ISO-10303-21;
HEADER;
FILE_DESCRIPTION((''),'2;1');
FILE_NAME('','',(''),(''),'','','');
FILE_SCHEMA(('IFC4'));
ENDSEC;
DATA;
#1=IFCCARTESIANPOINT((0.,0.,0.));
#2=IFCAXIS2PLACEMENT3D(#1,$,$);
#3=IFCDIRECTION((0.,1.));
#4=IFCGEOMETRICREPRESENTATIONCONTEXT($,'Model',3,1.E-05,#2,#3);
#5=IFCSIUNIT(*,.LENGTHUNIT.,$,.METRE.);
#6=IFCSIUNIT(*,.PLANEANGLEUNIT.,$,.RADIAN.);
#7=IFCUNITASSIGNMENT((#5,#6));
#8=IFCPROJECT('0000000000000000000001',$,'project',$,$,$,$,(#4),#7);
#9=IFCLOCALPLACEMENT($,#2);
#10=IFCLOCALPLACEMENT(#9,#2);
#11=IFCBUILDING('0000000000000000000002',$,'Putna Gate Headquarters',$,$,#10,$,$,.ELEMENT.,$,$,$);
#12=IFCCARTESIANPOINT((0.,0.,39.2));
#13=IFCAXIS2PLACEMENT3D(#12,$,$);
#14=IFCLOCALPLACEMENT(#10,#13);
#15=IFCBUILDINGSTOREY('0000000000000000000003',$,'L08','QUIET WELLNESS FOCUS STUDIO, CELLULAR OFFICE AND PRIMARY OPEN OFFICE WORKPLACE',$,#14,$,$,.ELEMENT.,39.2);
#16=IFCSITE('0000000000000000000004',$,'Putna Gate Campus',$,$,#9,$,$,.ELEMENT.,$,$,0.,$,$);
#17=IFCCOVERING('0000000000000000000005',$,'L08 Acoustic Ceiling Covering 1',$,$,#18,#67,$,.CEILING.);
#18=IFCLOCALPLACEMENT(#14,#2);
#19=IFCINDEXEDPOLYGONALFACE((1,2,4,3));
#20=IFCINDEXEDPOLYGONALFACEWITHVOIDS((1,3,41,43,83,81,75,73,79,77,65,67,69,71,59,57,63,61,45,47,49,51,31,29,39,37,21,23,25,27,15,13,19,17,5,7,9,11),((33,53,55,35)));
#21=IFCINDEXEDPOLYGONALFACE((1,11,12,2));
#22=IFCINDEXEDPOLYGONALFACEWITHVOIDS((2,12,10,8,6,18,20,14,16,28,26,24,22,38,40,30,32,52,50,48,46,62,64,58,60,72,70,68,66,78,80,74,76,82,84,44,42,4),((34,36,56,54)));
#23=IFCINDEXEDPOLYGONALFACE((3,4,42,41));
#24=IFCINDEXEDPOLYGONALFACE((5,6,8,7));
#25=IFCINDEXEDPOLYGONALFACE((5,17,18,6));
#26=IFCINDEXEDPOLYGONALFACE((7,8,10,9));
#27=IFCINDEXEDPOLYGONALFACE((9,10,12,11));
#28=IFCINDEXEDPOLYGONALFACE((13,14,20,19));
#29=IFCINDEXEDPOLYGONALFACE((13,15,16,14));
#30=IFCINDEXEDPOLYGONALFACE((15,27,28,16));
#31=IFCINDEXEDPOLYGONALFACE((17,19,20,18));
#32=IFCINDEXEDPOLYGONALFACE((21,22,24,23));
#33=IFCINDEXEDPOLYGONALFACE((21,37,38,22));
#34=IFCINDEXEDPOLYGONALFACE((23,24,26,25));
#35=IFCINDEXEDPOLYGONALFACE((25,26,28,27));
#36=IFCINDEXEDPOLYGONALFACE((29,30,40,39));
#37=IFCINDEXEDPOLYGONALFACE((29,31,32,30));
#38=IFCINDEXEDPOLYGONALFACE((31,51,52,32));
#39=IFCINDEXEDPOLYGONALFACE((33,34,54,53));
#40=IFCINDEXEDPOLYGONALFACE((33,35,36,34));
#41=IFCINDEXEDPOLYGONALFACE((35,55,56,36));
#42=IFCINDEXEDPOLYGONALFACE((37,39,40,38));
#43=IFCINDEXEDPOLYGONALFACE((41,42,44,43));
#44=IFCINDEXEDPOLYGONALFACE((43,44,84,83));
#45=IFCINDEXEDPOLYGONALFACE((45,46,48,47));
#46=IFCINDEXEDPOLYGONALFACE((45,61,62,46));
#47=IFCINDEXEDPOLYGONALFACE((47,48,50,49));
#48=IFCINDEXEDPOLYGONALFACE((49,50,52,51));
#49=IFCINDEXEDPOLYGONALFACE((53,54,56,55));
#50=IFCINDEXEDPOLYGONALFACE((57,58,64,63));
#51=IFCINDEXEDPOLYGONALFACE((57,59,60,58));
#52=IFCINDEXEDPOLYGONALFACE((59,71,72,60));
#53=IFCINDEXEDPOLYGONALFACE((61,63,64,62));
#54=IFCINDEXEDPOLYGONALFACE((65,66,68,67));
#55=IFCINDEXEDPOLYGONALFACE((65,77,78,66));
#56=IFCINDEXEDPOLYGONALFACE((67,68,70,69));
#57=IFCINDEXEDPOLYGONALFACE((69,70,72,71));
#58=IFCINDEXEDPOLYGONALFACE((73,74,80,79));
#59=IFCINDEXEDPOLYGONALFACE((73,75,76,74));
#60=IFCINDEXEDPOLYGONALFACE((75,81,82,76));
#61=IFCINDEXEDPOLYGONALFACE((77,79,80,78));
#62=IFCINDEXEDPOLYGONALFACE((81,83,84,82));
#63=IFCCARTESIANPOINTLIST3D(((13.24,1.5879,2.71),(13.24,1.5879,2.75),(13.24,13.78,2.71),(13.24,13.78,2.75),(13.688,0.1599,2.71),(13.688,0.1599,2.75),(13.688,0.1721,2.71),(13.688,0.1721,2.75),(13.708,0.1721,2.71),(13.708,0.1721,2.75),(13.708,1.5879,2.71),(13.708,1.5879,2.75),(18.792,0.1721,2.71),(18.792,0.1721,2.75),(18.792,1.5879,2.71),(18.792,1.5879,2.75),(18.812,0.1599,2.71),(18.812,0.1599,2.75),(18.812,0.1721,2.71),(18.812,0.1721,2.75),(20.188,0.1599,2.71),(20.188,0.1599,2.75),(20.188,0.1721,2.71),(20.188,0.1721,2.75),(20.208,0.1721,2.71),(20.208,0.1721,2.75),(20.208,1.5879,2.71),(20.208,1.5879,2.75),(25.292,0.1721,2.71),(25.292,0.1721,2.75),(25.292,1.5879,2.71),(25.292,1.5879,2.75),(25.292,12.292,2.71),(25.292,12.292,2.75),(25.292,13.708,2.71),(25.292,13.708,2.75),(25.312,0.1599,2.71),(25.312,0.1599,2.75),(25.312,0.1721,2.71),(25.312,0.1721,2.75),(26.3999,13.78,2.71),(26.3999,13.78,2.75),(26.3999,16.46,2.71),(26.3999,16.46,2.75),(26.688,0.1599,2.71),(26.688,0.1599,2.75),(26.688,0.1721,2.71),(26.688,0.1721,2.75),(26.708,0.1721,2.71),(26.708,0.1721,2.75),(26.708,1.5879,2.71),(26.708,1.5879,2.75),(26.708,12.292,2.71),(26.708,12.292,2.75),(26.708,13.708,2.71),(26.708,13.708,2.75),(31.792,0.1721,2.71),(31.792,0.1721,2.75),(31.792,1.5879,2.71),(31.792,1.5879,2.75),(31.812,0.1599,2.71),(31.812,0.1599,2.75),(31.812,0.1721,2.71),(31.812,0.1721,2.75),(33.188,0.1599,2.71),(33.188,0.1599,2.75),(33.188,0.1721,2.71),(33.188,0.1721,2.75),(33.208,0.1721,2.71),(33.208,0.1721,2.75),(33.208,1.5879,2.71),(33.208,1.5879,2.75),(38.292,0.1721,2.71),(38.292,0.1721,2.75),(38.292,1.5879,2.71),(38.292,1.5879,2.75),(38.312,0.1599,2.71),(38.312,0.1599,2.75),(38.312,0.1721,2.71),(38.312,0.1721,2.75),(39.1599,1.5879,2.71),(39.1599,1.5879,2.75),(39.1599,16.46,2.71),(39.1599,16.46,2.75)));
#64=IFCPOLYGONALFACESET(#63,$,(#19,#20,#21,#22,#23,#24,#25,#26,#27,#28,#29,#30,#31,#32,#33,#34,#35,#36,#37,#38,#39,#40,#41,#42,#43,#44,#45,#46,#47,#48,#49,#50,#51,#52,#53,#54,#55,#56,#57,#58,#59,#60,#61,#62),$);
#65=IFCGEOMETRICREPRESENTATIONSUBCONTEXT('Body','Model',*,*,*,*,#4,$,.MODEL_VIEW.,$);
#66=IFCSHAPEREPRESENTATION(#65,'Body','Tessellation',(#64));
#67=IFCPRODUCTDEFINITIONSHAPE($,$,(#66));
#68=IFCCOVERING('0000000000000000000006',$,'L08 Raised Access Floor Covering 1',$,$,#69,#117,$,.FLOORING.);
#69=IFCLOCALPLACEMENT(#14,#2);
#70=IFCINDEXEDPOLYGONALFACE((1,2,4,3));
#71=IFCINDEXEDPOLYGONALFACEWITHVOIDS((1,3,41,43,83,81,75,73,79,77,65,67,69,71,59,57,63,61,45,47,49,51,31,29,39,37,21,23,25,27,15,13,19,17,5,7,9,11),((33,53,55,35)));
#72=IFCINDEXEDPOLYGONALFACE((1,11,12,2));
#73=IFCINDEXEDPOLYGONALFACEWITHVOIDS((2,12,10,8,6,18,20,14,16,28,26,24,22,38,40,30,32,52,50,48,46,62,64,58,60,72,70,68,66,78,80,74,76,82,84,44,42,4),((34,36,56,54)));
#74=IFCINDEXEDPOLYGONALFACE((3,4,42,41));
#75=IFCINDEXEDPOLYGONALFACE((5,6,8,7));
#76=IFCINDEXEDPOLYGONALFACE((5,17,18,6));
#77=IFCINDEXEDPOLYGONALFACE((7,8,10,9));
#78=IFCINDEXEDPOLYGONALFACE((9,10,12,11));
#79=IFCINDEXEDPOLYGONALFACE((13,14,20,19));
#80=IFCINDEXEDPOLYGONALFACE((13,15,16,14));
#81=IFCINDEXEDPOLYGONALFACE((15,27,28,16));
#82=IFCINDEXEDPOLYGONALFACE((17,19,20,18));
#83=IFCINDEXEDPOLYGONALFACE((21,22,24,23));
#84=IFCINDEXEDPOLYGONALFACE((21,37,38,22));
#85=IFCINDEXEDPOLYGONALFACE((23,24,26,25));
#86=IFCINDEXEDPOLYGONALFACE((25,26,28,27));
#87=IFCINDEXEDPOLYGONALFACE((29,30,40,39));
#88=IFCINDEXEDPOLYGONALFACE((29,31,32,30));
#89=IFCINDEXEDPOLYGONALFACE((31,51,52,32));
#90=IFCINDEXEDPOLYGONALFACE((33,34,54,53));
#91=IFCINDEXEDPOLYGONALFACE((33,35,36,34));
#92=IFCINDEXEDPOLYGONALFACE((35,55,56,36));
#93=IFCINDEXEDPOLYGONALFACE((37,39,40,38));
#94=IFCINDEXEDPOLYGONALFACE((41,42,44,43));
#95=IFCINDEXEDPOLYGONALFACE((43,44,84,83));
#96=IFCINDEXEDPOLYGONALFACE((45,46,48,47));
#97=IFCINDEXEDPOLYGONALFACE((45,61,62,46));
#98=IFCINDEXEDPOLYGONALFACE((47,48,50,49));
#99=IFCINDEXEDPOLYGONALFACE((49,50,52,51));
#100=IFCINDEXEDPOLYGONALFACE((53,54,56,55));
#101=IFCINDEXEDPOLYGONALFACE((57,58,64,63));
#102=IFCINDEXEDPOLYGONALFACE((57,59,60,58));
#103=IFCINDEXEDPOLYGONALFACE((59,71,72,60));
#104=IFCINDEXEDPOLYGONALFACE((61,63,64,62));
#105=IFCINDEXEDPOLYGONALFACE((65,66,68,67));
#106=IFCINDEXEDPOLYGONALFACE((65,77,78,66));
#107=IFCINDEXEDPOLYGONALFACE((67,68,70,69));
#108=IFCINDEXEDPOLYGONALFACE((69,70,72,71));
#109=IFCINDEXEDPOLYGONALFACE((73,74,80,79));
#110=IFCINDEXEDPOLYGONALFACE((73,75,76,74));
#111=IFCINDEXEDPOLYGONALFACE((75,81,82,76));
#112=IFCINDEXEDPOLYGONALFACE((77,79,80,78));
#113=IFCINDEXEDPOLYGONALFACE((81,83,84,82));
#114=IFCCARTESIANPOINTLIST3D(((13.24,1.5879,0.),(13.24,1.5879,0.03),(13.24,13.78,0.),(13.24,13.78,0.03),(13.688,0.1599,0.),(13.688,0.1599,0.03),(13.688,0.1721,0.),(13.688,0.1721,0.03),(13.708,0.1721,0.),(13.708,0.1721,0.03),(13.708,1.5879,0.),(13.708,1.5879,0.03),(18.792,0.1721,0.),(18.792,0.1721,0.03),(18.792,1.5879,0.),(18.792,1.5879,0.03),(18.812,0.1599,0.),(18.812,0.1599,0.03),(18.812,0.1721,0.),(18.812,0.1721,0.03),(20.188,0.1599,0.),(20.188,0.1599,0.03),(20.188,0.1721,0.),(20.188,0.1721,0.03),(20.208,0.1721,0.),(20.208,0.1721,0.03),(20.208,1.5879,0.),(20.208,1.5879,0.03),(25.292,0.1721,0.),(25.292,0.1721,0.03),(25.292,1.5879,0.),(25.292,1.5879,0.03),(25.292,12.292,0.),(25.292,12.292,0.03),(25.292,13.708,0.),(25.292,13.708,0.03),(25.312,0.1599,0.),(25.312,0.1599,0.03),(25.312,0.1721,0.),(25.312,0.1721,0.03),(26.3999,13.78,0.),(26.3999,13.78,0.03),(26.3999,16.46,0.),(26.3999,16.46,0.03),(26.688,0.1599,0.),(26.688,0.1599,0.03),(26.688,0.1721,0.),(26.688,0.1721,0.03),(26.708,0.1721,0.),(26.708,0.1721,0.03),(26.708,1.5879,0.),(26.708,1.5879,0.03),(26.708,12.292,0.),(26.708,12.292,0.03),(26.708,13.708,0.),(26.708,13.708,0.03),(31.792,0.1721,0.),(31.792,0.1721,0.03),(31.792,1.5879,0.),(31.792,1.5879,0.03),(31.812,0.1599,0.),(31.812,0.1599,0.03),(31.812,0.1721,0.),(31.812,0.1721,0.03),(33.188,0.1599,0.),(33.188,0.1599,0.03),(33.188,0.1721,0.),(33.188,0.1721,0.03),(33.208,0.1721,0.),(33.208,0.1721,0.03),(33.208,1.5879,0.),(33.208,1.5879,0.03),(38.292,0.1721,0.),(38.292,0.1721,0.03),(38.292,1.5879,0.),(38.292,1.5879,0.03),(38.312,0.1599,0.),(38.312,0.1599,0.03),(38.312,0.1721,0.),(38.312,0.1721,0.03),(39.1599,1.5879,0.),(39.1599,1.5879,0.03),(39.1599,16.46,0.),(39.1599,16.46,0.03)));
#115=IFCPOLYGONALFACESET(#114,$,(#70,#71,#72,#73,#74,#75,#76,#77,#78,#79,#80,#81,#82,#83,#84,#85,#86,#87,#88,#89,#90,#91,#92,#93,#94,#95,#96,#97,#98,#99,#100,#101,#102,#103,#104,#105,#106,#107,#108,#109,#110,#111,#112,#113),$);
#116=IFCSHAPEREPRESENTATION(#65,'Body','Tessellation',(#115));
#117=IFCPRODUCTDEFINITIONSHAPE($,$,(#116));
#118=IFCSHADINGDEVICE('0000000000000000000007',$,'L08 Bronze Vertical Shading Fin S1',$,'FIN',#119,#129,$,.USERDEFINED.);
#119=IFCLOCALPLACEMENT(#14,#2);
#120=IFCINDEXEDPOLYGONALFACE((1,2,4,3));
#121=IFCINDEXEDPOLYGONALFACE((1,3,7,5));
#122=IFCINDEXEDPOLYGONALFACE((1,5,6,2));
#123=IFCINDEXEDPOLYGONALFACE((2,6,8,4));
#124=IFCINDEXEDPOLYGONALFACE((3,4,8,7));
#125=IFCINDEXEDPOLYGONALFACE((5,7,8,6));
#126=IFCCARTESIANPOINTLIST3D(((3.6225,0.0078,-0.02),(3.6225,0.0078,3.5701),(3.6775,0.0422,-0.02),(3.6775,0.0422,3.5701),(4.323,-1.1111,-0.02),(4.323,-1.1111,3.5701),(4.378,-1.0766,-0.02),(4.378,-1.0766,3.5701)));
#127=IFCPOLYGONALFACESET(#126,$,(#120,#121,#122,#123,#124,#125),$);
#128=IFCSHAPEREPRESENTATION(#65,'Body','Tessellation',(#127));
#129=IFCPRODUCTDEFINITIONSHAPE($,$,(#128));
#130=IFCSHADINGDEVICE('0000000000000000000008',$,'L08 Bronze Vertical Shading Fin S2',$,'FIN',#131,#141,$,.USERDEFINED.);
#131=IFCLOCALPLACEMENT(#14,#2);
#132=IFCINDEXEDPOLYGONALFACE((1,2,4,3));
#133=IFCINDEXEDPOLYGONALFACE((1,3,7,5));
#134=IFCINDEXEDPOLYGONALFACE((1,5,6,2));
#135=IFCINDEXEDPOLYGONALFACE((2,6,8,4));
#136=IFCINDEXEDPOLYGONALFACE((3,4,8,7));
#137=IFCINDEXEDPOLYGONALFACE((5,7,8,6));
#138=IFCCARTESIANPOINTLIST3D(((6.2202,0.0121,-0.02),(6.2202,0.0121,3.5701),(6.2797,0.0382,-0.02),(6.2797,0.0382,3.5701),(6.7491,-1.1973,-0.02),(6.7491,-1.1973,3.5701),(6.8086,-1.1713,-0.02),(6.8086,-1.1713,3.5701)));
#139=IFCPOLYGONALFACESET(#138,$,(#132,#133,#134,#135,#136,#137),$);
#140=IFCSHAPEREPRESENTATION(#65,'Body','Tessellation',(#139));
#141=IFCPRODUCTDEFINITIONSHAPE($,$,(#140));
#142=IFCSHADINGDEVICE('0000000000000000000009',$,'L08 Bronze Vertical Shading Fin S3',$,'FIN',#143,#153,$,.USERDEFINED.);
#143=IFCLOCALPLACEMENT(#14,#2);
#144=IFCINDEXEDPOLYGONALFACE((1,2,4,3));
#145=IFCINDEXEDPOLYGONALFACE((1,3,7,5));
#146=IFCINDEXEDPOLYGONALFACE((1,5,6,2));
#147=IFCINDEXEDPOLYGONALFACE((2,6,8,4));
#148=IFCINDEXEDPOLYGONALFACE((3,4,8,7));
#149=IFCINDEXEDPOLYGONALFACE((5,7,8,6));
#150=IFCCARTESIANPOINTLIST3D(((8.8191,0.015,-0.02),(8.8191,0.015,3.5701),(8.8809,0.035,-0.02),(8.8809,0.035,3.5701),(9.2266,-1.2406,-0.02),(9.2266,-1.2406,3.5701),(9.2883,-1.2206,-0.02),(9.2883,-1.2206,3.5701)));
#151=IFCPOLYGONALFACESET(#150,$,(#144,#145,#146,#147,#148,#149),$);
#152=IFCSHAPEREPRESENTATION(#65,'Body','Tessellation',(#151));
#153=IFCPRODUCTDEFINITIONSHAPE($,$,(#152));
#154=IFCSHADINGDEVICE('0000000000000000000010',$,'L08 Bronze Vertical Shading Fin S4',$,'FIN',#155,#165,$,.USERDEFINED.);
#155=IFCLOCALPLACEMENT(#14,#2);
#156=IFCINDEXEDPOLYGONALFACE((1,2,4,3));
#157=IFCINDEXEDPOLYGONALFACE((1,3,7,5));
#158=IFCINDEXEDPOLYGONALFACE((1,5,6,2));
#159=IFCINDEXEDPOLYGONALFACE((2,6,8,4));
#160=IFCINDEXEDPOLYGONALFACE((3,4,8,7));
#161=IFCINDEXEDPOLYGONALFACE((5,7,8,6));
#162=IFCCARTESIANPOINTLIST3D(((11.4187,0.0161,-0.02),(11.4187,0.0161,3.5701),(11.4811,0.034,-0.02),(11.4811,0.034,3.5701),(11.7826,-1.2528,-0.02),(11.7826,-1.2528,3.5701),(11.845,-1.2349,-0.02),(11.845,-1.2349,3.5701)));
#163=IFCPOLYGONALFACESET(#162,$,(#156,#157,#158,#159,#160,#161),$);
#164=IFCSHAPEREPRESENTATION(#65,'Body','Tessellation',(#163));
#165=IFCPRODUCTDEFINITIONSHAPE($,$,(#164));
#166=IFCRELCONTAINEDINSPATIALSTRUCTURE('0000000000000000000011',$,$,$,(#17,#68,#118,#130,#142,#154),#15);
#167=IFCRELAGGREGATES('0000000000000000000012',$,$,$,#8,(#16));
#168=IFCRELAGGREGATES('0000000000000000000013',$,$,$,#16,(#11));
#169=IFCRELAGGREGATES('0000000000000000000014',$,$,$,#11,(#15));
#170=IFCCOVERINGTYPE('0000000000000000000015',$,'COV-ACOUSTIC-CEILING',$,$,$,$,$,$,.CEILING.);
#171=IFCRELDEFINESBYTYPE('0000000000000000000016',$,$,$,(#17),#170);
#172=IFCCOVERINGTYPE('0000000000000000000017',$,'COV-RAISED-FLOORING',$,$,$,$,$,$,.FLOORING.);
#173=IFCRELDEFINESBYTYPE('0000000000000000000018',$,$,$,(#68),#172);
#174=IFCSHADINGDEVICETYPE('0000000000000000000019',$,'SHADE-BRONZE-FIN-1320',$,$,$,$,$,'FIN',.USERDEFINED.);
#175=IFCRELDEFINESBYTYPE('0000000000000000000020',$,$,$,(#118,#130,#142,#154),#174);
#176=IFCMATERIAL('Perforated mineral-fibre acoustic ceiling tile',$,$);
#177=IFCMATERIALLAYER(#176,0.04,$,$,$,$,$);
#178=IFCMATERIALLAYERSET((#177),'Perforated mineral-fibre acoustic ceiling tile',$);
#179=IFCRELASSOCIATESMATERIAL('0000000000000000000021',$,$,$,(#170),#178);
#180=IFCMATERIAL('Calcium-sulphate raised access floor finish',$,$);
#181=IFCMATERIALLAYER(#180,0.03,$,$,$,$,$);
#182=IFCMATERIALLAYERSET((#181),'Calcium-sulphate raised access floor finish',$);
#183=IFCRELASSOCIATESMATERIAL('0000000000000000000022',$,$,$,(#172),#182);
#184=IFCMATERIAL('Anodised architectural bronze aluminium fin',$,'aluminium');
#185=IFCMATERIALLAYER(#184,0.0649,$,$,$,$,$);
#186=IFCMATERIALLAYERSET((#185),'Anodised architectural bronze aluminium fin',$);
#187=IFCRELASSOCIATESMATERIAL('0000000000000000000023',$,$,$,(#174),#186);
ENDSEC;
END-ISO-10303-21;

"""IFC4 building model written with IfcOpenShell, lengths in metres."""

from ifc_helpers import new_model, si_unit, direction, frame, origin, origin_2d, place, context, subcontext, project, spatial, polyline, rectangle, outline, extrude, material, layer, layer_set, type_object, element, save


model = new_model("IFC4")

# Units and contexts
model_context = context("Model", 3, precision=1e-05, world=origin(), true_north=direction((0.0, 1.0)))
body_context = subcontext(model_context, "Body", "Model", "MODEL_VIEW")
ifc_project = project(units=[si_unit("LENGTHUNIT", "METRE"), si_unit("PLANEANGLEUNIT", "RADIAN")], contexts=[model_context])

# Site, building, storey
site_placement = place(None, origin())
site = spatial("IfcSite", under=ifc_project, at=site_placement, Name="Putna Gate Campus", CompositionType="ELEMENT", RefElevation=0.0)
building_placement = place(site_placement, origin())
building = spatial("IfcBuilding", under=site, at=building_placement, Name="Putna Gate Headquarters", CompositionType="ELEMENT")
storey_placement = place(building_placement, frame((0.0, 0.0, 39.2)))
storey = spatial("IfcBuildingStorey", under=building, at=storey_placement, Name="L08", Description="QUIET WELLNESS FOCUS STUDIO, CELLULAR OFFICE AND PRIMARY OPEN OFFICE WORKPLACE", CompositionType="ELEMENT", Elevation=39.2)

# Coverings
ifc_material_1 = material(Name="Perforated mineral-fibre acoustic ceiling tile")
ifc_layer_1 = layer(ifc_material_1, 0.04)
ifc_layer_set_1 = layer_set([ifc_layer_1], Name="Perforated mineral-fibre acoustic ceiling tile")
covering_type_1 = type_object("IfcCoveringType", Name="COV-ACOUSTIC-CEILING", PredefinedType="CEILING", material=ifc_layer_set_1)
covering_1_placement = place(storey_placement, frame((0.0, 0.0, 2.71)))
element("IfcCovering", 1, at=covering_1_placement, inside=storey, type_object=covering_type_1, Name="L08 Acoustic Ceiling Covering 1", PredefinedType="CEILING", context=body_context, shape_type="SweptSolid", body=[
    extrude(outline(polyline([(38.312, 0.1721), (38.292, 0.1721), (38.292, 1.5879), (39.1599, 1.5879), (39.1599, 16.46), (26.3999, 16.46), (26.3999, 13.78), (13.24, 13.78), (13.24, 1.5879), (13.708, 1.5879), (13.708, 0.1721), (13.688, 0.1721), (13.688, 0.1599), (18.812, 0.1599), (18.812, 0.1721), (18.792, 0.1721), (18.792, 1.5879), (20.208, 1.5879), (20.208, 0.1721), (20.188, 0.1721), (20.188, 0.1599), (25.312, 0.1599), (25.312, 0.1721), (25.292, 0.1721), (25.292, 1.5879), (26.708, 1.5879), (26.708, 0.1721), (26.688, 0.1721), (26.688, 0.1599), (31.812, 0.1599), (31.812, 0.1721), (31.792, 0.1721), (31.792, 1.5879), (33.208, 1.5879), (33.208, 0.1721), (33.188, 0.1721), (33.188, 0.1599), (38.312, 0.1599), (38.312, 0.1721)]), holes=[polyline([(26.708, 12.292), (26.708, 13.708), (25.292, 13.708), (25.292, 12.292), (26.708, 12.292)])]), origin(), (0.0, 0.0, 1.0), 0.04),
])
ifc_material_2 = material(Name="Calcium-sulphate raised access floor finish")
ifc_layer_2 = layer(ifc_material_2, 0.03)
ifc_layer_set_2 = layer_set([ifc_layer_2], Name="Calcium-sulphate raised access floor finish")
covering_type_2 = type_object("IfcCoveringType", Name="COV-RAISED-FLOORING", PredefinedType="FLOORING", material=ifc_layer_set_2)
covering_2_placement = place(storey_placement, origin())
element("IfcCovering", 2, at=covering_2_placement, inside=storey, type_object=covering_type_2, Name="L08 Raised Access Floor Covering 1", PredefinedType="FLOORING", context=body_context, shape_type="SweptSolid", body=[
    extrude(outline(polyline([(38.312, 0.1721), (38.292, 0.1721), (38.292, 1.5879), (39.1599, 1.5879), (39.1599, 16.46), (26.3999, 16.46), (26.3999, 13.78), (13.24, 13.78), (13.24, 1.5879), (13.708, 1.5879), (13.708, 0.1721), (13.688, 0.1721), (13.688, 0.1599), (18.812, 0.1599), (18.812, 0.1721), (18.792, 0.1721), (18.792, 1.5879), (20.208, 1.5879), (20.208, 0.1721), (20.188, 0.1721), (20.188, 0.1599), (25.312, 0.1599), (25.312, 0.1721), (25.292, 0.1721), (25.292, 1.5879), (26.708, 1.5879), (26.708, 0.1721), (26.688, 0.1721), (26.688, 0.1599), (31.812, 0.1599), (31.812, 0.1721), (31.792, 0.1721), (31.792, 1.5879), (33.208, 1.5879), (33.208, 0.1721), (33.188, 0.1721), (33.188, 0.1599), (38.312, 0.1599), (38.312, 0.1721)]), holes=[polyline([(26.708, 12.292), (26.708, 13.708), (25.292, 13.708), (25.292, 12.292), (26.708, 12.292)])]), origin(), (0.0, 0.0, 1.0), 0.03),
])

# Shading devices
ifc_material_3 = material(Name="Anodised architectural bronze aluminium fin", Category="aluminium")
ifc_layer_3 = layer(ifc_material_3, 0.0649)
ifc_layer_set_3 = layer_set([ifc_layer_3], Name="Anodised architectural bronze aluminium fin")
shading_device_type = type_object("IfcShadingDeviceType", Name="SHADE-BRONZE-FIN-1320", ElementType="FIN", PredefinedType="USERDEFINED", material=ifc_layer_set_3)
for number, where, z_axis, x_axis, name in (
    (3, (4.0002, -0.5344, -0.02), (0.0, 0.0, 1.0), (0.530659, -0.847585, 0.0), "L08 Bronze Vertical Shading Fin S1"),
    (4, (6.5144, -0.5796, -0.02), (0.0, 0.0, 1.0), (0.400669, -0.916223, 0.0), "L08 Bronze Vertical Shading Fin S2"),
    (5, (9.0537, -0.6028, -0.02), (0.0, 0.0, 1.0), (0.308685, -0.951164, 0.0), "L08 Bronze Vertical Shading Fin S3"),
    (6, (11.6318, -0.6094, -0.02), (0.0, 0.0, 1.0), (0.275637, -0.961262, 0.0), "L08 Bronze Vertical Shading Fin S4"),
):
    element("IfcShadingDevice", number, at=place(storey_placement, frame(where, z_axis=z_axis, x_axis=x_axis)), inside=storey, type_object=shading_device_type, Name=name, ObjectType="FIN", PredefinedType="USERDEFINED", context=body_context, shape_type="SweptSolid", body=[
        extrude(rectangle(XDim=1.3201, YDim=0.0649, at=origin_2d()), origin(), (0.0, 0.0, 1.0), 3.5901),
    ])

save(model, "model.ifc")
